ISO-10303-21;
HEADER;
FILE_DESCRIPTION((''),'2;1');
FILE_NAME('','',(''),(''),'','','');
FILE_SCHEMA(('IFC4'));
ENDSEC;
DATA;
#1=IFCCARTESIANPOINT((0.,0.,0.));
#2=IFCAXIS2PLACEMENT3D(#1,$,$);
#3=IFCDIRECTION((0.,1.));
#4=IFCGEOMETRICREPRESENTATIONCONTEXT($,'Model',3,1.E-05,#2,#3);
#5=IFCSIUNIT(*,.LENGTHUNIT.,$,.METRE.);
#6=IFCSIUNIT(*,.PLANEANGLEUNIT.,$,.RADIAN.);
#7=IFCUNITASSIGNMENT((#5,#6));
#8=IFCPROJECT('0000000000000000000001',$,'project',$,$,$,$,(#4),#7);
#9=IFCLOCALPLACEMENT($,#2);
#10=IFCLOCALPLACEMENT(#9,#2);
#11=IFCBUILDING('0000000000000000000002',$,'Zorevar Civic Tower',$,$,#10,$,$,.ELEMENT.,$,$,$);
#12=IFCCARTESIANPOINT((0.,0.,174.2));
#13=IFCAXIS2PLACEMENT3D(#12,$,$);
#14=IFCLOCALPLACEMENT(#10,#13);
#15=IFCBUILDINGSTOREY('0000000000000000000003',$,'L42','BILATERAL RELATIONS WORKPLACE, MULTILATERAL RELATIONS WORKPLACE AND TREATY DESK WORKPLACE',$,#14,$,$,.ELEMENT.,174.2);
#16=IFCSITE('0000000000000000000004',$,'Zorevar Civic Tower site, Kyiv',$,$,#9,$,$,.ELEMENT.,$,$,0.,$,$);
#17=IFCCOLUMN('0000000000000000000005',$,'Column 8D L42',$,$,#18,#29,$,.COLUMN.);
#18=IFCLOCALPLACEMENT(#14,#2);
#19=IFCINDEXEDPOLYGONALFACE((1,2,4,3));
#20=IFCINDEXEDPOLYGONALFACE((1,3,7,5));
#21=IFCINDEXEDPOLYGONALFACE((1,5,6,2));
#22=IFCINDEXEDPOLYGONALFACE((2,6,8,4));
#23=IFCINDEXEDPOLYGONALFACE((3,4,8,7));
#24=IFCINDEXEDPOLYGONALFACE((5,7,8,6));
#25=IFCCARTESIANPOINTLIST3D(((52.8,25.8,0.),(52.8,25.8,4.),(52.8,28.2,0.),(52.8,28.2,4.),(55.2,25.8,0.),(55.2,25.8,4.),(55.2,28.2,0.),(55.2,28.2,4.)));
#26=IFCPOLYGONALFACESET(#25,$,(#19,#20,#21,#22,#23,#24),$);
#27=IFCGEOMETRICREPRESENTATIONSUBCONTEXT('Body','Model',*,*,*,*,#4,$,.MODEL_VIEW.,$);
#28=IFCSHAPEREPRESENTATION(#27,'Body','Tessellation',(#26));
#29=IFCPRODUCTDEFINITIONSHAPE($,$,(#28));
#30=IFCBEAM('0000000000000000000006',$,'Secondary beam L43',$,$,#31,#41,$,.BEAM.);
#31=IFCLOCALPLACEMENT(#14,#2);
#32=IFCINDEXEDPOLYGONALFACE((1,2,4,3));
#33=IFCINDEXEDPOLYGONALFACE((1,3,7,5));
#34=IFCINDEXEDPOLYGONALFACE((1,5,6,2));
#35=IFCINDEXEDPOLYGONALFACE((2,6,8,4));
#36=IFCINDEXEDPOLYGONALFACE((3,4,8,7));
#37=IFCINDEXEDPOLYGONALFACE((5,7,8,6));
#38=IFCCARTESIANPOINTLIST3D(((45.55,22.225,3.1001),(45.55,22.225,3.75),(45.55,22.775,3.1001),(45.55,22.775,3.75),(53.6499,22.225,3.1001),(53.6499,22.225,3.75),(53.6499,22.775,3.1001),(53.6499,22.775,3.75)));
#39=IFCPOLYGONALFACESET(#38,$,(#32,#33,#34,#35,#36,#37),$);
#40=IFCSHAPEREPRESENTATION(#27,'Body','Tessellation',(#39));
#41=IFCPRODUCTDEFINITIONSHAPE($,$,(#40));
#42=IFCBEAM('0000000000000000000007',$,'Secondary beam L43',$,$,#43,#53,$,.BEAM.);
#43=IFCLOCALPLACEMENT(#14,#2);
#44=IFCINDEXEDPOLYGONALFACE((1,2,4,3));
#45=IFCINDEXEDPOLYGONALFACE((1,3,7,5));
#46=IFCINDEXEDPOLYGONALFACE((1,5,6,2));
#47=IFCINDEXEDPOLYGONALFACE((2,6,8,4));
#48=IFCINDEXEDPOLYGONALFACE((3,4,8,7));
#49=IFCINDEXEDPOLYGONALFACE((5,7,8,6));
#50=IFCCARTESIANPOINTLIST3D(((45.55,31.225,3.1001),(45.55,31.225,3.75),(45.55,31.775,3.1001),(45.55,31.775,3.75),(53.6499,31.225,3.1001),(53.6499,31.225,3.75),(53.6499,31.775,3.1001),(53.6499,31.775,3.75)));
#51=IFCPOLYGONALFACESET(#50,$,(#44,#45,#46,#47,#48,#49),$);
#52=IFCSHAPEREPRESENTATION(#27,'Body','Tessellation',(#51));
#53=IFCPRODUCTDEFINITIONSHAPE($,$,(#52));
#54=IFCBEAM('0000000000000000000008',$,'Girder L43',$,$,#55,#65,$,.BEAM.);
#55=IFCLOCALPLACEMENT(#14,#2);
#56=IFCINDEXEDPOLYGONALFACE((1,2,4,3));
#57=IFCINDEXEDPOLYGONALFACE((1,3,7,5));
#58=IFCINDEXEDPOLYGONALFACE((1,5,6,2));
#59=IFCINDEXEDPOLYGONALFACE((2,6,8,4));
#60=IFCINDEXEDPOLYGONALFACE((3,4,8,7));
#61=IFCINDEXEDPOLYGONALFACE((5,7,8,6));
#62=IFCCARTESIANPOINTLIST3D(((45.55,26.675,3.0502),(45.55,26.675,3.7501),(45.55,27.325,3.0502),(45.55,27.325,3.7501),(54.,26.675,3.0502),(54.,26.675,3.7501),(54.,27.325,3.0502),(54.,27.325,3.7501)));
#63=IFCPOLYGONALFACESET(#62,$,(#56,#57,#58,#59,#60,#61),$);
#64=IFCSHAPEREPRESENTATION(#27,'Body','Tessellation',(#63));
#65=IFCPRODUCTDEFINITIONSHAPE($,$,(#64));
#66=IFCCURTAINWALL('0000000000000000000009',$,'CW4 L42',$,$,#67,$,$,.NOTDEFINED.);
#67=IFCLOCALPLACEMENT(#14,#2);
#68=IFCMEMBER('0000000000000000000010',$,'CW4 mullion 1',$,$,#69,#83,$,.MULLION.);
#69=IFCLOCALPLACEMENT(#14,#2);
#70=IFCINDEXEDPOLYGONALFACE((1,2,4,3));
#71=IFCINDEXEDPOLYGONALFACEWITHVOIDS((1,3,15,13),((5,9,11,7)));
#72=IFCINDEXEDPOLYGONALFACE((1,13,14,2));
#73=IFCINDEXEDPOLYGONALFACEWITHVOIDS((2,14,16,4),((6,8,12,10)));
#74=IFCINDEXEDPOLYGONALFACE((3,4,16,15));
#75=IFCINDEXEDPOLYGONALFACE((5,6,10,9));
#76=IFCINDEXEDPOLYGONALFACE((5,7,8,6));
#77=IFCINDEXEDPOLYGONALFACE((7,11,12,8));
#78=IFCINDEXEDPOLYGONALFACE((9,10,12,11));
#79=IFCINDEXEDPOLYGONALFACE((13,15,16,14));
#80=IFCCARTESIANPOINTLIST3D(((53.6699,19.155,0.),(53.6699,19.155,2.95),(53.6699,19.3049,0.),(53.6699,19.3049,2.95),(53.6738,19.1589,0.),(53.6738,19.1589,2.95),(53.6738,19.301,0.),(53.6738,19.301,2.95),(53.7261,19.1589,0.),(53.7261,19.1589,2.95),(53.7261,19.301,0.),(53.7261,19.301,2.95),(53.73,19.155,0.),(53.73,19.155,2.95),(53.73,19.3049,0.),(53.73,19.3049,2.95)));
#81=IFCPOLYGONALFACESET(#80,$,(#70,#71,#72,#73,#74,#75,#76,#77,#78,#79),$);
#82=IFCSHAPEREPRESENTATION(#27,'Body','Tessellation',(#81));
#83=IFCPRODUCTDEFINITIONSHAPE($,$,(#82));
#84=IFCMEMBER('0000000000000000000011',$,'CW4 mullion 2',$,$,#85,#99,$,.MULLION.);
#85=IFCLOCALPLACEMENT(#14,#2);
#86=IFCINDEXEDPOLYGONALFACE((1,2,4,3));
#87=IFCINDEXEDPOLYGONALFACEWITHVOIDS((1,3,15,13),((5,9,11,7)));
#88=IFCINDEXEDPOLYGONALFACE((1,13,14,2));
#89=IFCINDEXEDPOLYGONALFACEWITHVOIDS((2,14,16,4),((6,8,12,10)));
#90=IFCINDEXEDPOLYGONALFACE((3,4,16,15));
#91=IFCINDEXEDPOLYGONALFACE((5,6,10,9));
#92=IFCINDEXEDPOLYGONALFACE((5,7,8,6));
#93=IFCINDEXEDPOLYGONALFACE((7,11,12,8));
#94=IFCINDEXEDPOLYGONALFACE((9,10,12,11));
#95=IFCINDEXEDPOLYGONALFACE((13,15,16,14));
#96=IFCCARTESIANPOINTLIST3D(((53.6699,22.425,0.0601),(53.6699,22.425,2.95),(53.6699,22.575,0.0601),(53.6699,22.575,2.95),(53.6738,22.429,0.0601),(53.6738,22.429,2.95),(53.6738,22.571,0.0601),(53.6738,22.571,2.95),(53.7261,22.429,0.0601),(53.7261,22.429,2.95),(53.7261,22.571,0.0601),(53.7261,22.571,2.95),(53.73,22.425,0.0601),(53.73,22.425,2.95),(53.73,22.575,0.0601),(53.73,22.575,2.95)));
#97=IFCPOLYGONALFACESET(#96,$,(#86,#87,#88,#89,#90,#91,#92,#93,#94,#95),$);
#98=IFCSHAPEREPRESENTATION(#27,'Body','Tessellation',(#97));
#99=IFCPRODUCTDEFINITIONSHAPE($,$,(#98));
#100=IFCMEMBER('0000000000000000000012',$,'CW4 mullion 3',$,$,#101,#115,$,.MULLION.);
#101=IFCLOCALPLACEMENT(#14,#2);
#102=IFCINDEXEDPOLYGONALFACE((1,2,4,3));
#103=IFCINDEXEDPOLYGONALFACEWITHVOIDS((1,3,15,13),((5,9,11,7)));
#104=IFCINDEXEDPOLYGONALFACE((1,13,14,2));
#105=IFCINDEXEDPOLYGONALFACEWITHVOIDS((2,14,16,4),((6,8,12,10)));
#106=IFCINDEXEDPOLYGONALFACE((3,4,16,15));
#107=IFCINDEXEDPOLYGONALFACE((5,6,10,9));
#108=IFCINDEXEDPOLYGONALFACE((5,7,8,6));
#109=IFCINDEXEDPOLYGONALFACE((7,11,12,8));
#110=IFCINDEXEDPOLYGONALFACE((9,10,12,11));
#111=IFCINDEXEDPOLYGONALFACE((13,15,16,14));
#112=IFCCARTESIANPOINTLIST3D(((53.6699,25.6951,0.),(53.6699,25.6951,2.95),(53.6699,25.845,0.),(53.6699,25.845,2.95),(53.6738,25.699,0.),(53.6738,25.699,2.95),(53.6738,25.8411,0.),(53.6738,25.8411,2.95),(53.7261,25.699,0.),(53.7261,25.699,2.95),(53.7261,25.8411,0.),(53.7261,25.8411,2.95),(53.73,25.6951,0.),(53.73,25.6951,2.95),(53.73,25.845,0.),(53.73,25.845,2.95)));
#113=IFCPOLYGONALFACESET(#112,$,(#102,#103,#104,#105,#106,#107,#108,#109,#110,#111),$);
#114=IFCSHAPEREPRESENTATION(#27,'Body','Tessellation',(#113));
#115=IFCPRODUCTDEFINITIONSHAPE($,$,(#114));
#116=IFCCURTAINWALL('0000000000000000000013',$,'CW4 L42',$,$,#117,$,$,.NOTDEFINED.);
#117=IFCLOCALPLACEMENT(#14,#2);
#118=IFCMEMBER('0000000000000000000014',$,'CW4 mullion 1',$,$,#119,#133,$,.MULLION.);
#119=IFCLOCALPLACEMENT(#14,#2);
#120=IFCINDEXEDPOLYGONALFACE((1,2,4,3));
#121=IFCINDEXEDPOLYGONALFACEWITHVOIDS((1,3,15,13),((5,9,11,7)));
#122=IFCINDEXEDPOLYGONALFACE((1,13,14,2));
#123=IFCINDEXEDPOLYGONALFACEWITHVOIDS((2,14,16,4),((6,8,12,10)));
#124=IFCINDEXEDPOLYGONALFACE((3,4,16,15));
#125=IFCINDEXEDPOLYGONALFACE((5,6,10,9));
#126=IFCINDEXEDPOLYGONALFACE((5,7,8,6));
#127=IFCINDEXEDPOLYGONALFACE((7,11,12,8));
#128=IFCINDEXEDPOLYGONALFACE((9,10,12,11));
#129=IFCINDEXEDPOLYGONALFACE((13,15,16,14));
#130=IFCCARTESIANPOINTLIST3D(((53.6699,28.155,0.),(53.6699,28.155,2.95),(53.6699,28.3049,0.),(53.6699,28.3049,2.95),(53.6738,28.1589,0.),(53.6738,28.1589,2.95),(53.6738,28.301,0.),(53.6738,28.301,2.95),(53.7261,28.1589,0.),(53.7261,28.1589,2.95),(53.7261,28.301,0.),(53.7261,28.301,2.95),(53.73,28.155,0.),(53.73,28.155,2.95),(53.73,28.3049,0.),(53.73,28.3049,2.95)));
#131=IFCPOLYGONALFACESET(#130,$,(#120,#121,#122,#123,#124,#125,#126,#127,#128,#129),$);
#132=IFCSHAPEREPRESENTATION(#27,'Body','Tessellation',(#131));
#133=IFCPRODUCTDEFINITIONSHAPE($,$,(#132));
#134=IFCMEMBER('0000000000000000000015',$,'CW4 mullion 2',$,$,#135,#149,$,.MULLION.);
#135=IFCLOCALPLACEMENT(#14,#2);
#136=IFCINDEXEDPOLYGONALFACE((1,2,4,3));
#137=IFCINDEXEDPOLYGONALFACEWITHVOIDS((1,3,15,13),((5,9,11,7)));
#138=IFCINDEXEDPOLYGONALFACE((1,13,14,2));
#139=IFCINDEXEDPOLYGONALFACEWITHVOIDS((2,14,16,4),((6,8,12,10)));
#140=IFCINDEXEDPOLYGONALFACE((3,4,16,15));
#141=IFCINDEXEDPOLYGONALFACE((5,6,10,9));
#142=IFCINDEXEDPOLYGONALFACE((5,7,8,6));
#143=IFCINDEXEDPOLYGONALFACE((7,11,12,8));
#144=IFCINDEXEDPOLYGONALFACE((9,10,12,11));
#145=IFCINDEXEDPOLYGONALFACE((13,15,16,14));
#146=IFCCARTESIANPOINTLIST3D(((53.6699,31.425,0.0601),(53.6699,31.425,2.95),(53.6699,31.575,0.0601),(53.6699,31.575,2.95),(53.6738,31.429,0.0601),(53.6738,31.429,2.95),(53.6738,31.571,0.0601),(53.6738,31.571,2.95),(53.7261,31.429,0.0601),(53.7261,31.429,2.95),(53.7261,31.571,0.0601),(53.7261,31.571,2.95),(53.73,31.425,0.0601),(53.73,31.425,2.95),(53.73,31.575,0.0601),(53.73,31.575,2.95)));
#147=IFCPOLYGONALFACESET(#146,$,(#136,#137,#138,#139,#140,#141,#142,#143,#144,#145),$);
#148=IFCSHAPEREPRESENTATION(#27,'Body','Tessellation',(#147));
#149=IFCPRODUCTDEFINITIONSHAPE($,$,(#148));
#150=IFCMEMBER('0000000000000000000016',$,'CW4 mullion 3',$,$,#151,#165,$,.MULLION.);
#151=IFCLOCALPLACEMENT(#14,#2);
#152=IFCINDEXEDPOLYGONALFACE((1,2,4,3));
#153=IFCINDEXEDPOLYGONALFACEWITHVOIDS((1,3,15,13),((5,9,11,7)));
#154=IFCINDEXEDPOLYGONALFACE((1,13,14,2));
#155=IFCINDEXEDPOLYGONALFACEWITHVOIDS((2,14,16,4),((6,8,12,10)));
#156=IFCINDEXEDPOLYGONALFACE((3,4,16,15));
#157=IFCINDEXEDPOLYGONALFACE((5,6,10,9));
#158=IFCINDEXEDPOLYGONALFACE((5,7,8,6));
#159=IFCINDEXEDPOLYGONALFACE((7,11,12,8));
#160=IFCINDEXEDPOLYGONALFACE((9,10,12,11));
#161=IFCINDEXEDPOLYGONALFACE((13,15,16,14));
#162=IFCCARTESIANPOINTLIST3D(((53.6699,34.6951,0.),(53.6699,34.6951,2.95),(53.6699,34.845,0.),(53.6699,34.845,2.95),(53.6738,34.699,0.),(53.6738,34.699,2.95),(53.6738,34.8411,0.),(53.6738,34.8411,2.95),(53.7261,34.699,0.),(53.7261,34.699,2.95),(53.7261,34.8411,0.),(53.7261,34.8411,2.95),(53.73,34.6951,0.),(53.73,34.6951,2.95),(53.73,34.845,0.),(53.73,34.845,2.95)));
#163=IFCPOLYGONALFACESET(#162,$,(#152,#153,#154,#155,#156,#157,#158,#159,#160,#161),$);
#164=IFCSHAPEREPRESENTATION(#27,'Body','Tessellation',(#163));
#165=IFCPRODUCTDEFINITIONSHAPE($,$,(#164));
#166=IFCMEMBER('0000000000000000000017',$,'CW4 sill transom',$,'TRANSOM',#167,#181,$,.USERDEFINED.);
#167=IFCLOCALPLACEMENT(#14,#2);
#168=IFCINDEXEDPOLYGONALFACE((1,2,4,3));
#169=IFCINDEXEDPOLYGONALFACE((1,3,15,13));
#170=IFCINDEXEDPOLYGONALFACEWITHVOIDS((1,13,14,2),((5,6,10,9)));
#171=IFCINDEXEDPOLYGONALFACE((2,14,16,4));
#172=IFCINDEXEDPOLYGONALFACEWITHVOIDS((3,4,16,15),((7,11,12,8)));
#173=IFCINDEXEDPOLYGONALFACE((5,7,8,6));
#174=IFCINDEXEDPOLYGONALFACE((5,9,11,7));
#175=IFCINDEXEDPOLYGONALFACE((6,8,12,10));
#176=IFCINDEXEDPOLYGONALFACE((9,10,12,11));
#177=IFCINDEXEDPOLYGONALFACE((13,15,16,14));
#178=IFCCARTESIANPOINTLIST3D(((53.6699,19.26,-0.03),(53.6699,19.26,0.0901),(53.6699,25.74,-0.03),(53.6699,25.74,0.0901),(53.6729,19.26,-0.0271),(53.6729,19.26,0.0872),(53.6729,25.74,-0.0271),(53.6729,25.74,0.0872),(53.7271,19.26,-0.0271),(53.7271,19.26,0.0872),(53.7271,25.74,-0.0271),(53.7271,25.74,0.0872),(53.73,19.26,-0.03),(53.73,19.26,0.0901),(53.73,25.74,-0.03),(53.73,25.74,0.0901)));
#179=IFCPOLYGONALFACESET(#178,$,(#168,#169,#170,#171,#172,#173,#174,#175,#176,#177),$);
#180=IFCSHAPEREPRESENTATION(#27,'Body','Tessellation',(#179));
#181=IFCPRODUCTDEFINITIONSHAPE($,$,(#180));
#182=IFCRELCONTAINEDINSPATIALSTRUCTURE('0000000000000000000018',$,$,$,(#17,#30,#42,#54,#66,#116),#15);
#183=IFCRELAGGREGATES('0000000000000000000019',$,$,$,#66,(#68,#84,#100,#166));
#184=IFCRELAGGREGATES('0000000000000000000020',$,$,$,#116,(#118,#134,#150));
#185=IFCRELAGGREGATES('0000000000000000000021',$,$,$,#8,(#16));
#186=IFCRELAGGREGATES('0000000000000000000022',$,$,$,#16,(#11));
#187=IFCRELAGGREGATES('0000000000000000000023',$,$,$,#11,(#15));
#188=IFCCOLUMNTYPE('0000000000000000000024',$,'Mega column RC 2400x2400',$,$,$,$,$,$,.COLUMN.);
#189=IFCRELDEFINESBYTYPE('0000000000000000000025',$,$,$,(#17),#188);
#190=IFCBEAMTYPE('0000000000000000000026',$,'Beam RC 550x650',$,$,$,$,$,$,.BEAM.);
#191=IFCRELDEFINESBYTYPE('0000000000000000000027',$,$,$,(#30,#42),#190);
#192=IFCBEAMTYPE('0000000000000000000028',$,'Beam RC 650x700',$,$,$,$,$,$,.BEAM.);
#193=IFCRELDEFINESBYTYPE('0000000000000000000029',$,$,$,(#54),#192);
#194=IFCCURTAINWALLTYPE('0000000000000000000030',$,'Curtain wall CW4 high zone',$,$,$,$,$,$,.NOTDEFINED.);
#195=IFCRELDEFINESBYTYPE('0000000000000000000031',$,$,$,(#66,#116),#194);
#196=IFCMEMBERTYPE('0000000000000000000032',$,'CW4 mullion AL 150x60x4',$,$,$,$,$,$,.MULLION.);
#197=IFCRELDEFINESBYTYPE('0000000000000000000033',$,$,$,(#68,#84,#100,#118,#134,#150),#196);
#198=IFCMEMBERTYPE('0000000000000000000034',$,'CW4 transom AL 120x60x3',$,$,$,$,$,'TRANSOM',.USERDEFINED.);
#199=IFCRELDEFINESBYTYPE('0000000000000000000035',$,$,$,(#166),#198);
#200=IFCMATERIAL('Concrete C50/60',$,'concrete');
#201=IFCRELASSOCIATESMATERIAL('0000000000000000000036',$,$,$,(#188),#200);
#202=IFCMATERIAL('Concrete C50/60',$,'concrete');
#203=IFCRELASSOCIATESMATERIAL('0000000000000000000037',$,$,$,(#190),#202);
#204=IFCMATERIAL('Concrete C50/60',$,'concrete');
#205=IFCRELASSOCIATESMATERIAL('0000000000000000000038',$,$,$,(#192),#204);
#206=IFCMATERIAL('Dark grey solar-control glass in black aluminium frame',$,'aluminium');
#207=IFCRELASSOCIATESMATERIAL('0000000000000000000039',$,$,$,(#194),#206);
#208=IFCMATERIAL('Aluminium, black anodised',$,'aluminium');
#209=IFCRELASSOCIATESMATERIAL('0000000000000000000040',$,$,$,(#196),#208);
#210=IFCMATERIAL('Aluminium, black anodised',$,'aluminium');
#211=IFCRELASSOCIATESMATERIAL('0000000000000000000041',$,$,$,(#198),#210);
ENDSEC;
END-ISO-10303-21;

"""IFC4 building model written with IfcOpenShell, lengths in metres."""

from ifc_helpers import new_model, si_unit, direction, frame, origin, origin_2d, place, context, subcontext, project, spatial, rectangle, hollow_rectangle, extrude, material, material_profile, profile_set, type_object, element, aggregate, save


model = new_model("IFC4")

# Units and contexts
model_context = context("Model", 3, precision=1e-05, world=origin(), true_north=direction((0.0, 1.0)))
body_context = subcontext(model_context, "Body", "Model", "MODEL_VIEW")
ifc_project = project(units=[si_unit("LENGTHUNIT", "METRE"), si_unit("PLANEANGLEUNIT", "RADIAN")], contexts=[model_context])

# Site, building, storey
site_placement = place(None, origin())
site = spatial("IfcSite", under=ifc_project, at=site_placement, Name="Zorevar Civic Tower site, Kyiv", CompositionType="ELEMENT", RefElevation=0.0)
building_placement = place(site_placement, origin())
building = spatial("IfcBuilding", under=site, at=building_placement, Name="Zorevar Civic Tower", CompositionType="ELEMENT")
storey_placement = place(building_placement, frame((0.0, 0.0, 174.2)))
storey = spatial("IfcBuildingStorey", under=building, at=storey_placement, Name="L42", Description="BILATERAL RELATIONS WORKPLACE, MULTILATERAL RELATIONS WORKPLACE AND TREATY DESK WORKPLACE", CompositionType="ELEMENT", Elevation=174.2)

# Column
ifc_material_1 = material(Name="Concrete C50/60", Category="concrete")
ifc_material_profile_1 = material_profile(ifc_material_1, rectangle(XDim=2.3999, YDim=2.3999, at=origin_2d()), Name="RC 2400x2400")
ifc_profile_set_1 = profile_set([ifc_material_profile_1], Name="Concrete C50/60")
column_type = type_object("IfcColumnType", Name="Mega column RC 2400x2400", PredefinedType="COLUMN", material=ifc_profile_set_1)
column_placement = place(storey_placement, frame((54.0, 27.0, 0.0), z_axis=(0.0, 0.0, 1.0), x_axis=(1.0, 0.0, 0.0)))
element("IfcColumn", 1, at=column_placement, inside=storey, type_object=column_type, Name="Column 8D L42", PredefinedType="COLUMN", context=body_context, shape_type="SweptSolid", body=[
    extrude(rectangle(XDim=2.3999, YDim=2.3999, at=origin_2d()), origin(), (0.0, 0.0, 1.0), 4.0),
])

# Beams
ifc_material_2 = material(Name="Concrete C50/60", Category="concrete")
ifc_material_profile_2 = material_profile(ifc_material_2, rectangle(XDim=0.55, YDim=0.6499, at=origin_2d()), Name="RC 550x650")
ifc_profile_set_2 = profile_set([ifc_material_profile_2], Name="Concrete C50/60")
beam_type_1 = type_object("IfcBeamType", Name="Beam RC 550x650", PredefinedType="BEAM", material=ifc_profile_set_2)
for number, where, z_axis, x_axis, name in (
    (2, (45.55, 22.5, 3.425), (1.0, 0.0, 0.0), (0.0, 1.0, 0.0), "Secondary beam L43"),
    (3, (45.55, 31.5, 3.425), (1.0, 0.0, 0.0), (0.0, 1.0, 0.0), "Secondary beam L43"),
):
    element("IfcBeam", number, at=place(storey_placement, frame(where, z_axis=z_axis, x_axis=x_axis)), inside=storey, type_object=beam_type_1, Name=name, PredefinedType="BEAM", context=body_context, shape_type="SweptSolid", body=[
        extrude(rectangle(XDim=0.55, YDim=0.6499, at=origin_2d()), origin(), (0.0, 0.0, 1.0), 8.0999),
    ])
ifc_material_3 = material(Name="Concrete C50/60", Category="concrete")
ifc_material_profile_3 = material_profile(ifc_material_3, rectangle(XDim=0.6499, YDim=0.7, at=origin_2d()), Name="RC 650x700")
ifc_profile_set_3 = profile_set([ifc_material_profile_3], Name="Concrete C50/60")
beam_type_2 = type_object("IfcBeamType", Name="Beam RC 650x700", PredefinedType="BEAM", material=ifc_profile_set_3)
beam_1_placement = place(storey_placement, frame((45.55, 27.0, 3.4001), z_axis=(1.0, 0.0, 0.0), x_axis=(0.0, 1.0, 0.0)))
element("IfcBeam", 4, at=beam_1_placement, inside=storey, type_object=beam_type_2, Name="Girder L43", PredefinedType="BEAM", context=body_context, shape_type="SweptSolid", body=[
    extrude(rectangle(XDim=0.6499, YDim=0.7, at=origin_2d()), origin(), (0.0, 0.0, 1.0), 8.45),
])

# Curtain walls, members
ifc_material_4 = material(Name="Dark grey solar-control glass in black aluminium frame", Category="aluminium")
curtain_wall_type = type_object("IfcCurtainWallType", Name="Curtain wall CW4 high zone", PredefinedType="NOTDEFINED", material=ifc_material_4)
curtain_wall_1_placement = place(storey_placement, origin())
curtain_wall_1 = element("IfcCurtainWall", 5, at=curtain_wall_1_placement, inside=storey, type_object=curtain_wall_type, Name="CW4 L42", PredefinedType="NOTDEFINED")
ifc_material_5 = material(Name="Aluminium, black anodised", Category="aluminium")
ifc_material_profile_4 = material_profile(ifc_material_5, hollow_rectangle(XDim=0.0601, YDim=0.1499, WallThickness=0.0039, at=origin_2d()), Name="AL 150x60x4")
ifc_profile_set_4 = profile_set([ifc_material_profile_4], Name="Aluminium, black anodised")
member_type_1 = type_object("IfcMemberType", Name="CW4 mullion AL 150x60x4", PredefinedType="MULLION", material=ifc_profile_set_4)
member_1_placement = place(storey_placement, frame((53.7, 19.23, 0.0), z_axis=(0.0, 0.0, 1.0), x_axis=(-1.0, 0.0, 0.0)))
member_1 = element("IfcMember", 6, at=member_1_placement, type_object=member_type_1, Name="CW4 mullion 1", PredefinedType="MULLION", context=body_context, shape_type="SweptSolid", body=[
    extrude(hollow_rectangle(XDim=0.0601, YDim=0.1499, WallThickness=0.0039, at=origin_2d()), origin(), (0.0, 0.0, 1.0), 2.95),
])
member_2_placement = place(storey_placement, frame((53.7, 22.5, 0.0601), z_axis=(0.0, 0.0, 1.0), x_axis=(-1.0, 0.0, 0.0)))
member_2 = element("IfcMember", 7, at=member_2_placement, type_object=member_type_1, Name="CW4 mullion 2", PredefinedType="MULLION", context=body_context, shape_type="SweptSolid", body=[
    extrude(hollow_rectangle(XDim=0.0601, YDim=0.1499, WallThickness=0.0039, at=origin_2d()), origin(), (0.0, 0.0, 1.0), 2.8899),
])
member_3_placement = place(storey_placement, frame((53.7, 25.77, 0.0), z_axis=(0.0, 0.0, 1.0), x_axis=(-1.0, 0.0, 0.0)))
member_3 = element("IfcMember", 8, at=member_3_placement, type_object=member_type_1, Name="CW4 mullion 3", PredefinedType="MULLION", context=body_context, shape_type="SweptSolid", body=[
    extrude(hollow_rectangle(XDim=0.0601, YDim=0.1499, WallThickness=0.0039, at=origin_2d()), origin(), (0.0, 0.0, 1.0), 2.95),
])
curtain_wall_2_placement = place(storey_placement, origin())
curtain_wall_2 = element("IfcCurtainWall", 9, at=curtain_wall_2_placement, inside=storey, type_object=curtain_wall_type, Name="CW4 L42", PredefinedType="NOTDEFINED")
member_4_placement = place(storey_placement, frame((53.7, 28.23, 0.0), z_axis=(0.0, 0.0, 1.0), x_axis=(-1.0, 0.0, 0.0)))
member_4 = element("IfcMember", 10, at=member_4_placement, type_object=member_type_1, Name="CW4 mullion 1", PredefinedType="MULLION", context=body_context, shape_type="SweptSolid", body=[
    extrude(hollow_rectangle(XDim=0.0601, YDim=0.1499, WallThickness=0.0039, at=origin_2d()), origin(), (0.0, 0.0, 1.0), 2.95),
])
member_5_placement = place(storey_placement, frame((53.7, 31.5, 0.0601), z_axis=(0.0, 0.0, 1.0), x_axis=(-1.0, 0.0, 0.0)))
member_5 = element("IfcMember", 11, at=member_5_placement, type_object=member_type_1, Name="CW4 mullion 2", PredefinedType="MULLION", context=body_context, shape_type="SweptSolid", body=[
    extrude(hollow_rectangle(XDim=0.0601, YDim=0.1499, WallThickness=0.0039, at=origin_2d()), origin(), (0.0, 0.0, 1.0), 2.8899),
])
member_6_placement = place(storey_placement, frame((53.7, 34.77, 0.0), z_axis=(0.0, 0.0, 1.0), x_axis=(-1.0, 0.0, 0.0)))
member_6 = element("IfcMember", 12, at=member_6_placement, type_object=member_type_1, Name="CW4 mullion 3", PredefinedType="MULLION", context=body_context, shape_type="SweptSolid", body=[
    extrude(hollow_rectangle(XDim=0.0601, YDim=0.1499, WallThickness=0.0039, at=origin_2d()), origin(), (0.0, 0.0, 1.0), 2.95),
])

# Member
ifc_material_6 = material(Name="Aluminium, black anodised", Category="aluminium")
ifc_material_profile_5 = material_profile(ifc_material_6, hollow_rectangle(XDim=0.0601, YDim=0.1201, WallThickness=0.0029, at=origin_2d()), Name="AL 120x60x3")
ifc_profile_set_5 = profile_set([ifc_material_profile_5], Name="Aluminium, black anodised")
member_type_2 = type_object("IfcMemberType", Name="CW4 transom AL 120x60x3", ElementType="TRANSOM", PredefinedType="USERDEFINED", material=ifc_profile_set_5)
member_7_placement = place(storey_placement, frame((53.7, 19.26, 0.03), z_axis=(0.0, 1.0, 0.0), x_axis=(-1.0, 0.0, 0.0)))
member_7 = element("IfcMember", 13, at=member_7_placement, type_object=member_type_2, Name="CW4 sill transom", ObjectType="TRANSOM", PredefinedType="USERDEFINED", context=body_context, shape_type="SweptSolid", body=[
    extrude(hollow_rectangle(XDim=0.0601, YDim=0.1201, WallThickness=0.0029, at=origin_2d()), origin(), (0.0, 0.0, 1.0), 6.48),
])

aggregate(curtain_wall_1, [member_1, member_2, member_3, member_7])
aggregate(curtain_wall_2, [member_4, member_5, member_6])

save(model, "model.ifc")
